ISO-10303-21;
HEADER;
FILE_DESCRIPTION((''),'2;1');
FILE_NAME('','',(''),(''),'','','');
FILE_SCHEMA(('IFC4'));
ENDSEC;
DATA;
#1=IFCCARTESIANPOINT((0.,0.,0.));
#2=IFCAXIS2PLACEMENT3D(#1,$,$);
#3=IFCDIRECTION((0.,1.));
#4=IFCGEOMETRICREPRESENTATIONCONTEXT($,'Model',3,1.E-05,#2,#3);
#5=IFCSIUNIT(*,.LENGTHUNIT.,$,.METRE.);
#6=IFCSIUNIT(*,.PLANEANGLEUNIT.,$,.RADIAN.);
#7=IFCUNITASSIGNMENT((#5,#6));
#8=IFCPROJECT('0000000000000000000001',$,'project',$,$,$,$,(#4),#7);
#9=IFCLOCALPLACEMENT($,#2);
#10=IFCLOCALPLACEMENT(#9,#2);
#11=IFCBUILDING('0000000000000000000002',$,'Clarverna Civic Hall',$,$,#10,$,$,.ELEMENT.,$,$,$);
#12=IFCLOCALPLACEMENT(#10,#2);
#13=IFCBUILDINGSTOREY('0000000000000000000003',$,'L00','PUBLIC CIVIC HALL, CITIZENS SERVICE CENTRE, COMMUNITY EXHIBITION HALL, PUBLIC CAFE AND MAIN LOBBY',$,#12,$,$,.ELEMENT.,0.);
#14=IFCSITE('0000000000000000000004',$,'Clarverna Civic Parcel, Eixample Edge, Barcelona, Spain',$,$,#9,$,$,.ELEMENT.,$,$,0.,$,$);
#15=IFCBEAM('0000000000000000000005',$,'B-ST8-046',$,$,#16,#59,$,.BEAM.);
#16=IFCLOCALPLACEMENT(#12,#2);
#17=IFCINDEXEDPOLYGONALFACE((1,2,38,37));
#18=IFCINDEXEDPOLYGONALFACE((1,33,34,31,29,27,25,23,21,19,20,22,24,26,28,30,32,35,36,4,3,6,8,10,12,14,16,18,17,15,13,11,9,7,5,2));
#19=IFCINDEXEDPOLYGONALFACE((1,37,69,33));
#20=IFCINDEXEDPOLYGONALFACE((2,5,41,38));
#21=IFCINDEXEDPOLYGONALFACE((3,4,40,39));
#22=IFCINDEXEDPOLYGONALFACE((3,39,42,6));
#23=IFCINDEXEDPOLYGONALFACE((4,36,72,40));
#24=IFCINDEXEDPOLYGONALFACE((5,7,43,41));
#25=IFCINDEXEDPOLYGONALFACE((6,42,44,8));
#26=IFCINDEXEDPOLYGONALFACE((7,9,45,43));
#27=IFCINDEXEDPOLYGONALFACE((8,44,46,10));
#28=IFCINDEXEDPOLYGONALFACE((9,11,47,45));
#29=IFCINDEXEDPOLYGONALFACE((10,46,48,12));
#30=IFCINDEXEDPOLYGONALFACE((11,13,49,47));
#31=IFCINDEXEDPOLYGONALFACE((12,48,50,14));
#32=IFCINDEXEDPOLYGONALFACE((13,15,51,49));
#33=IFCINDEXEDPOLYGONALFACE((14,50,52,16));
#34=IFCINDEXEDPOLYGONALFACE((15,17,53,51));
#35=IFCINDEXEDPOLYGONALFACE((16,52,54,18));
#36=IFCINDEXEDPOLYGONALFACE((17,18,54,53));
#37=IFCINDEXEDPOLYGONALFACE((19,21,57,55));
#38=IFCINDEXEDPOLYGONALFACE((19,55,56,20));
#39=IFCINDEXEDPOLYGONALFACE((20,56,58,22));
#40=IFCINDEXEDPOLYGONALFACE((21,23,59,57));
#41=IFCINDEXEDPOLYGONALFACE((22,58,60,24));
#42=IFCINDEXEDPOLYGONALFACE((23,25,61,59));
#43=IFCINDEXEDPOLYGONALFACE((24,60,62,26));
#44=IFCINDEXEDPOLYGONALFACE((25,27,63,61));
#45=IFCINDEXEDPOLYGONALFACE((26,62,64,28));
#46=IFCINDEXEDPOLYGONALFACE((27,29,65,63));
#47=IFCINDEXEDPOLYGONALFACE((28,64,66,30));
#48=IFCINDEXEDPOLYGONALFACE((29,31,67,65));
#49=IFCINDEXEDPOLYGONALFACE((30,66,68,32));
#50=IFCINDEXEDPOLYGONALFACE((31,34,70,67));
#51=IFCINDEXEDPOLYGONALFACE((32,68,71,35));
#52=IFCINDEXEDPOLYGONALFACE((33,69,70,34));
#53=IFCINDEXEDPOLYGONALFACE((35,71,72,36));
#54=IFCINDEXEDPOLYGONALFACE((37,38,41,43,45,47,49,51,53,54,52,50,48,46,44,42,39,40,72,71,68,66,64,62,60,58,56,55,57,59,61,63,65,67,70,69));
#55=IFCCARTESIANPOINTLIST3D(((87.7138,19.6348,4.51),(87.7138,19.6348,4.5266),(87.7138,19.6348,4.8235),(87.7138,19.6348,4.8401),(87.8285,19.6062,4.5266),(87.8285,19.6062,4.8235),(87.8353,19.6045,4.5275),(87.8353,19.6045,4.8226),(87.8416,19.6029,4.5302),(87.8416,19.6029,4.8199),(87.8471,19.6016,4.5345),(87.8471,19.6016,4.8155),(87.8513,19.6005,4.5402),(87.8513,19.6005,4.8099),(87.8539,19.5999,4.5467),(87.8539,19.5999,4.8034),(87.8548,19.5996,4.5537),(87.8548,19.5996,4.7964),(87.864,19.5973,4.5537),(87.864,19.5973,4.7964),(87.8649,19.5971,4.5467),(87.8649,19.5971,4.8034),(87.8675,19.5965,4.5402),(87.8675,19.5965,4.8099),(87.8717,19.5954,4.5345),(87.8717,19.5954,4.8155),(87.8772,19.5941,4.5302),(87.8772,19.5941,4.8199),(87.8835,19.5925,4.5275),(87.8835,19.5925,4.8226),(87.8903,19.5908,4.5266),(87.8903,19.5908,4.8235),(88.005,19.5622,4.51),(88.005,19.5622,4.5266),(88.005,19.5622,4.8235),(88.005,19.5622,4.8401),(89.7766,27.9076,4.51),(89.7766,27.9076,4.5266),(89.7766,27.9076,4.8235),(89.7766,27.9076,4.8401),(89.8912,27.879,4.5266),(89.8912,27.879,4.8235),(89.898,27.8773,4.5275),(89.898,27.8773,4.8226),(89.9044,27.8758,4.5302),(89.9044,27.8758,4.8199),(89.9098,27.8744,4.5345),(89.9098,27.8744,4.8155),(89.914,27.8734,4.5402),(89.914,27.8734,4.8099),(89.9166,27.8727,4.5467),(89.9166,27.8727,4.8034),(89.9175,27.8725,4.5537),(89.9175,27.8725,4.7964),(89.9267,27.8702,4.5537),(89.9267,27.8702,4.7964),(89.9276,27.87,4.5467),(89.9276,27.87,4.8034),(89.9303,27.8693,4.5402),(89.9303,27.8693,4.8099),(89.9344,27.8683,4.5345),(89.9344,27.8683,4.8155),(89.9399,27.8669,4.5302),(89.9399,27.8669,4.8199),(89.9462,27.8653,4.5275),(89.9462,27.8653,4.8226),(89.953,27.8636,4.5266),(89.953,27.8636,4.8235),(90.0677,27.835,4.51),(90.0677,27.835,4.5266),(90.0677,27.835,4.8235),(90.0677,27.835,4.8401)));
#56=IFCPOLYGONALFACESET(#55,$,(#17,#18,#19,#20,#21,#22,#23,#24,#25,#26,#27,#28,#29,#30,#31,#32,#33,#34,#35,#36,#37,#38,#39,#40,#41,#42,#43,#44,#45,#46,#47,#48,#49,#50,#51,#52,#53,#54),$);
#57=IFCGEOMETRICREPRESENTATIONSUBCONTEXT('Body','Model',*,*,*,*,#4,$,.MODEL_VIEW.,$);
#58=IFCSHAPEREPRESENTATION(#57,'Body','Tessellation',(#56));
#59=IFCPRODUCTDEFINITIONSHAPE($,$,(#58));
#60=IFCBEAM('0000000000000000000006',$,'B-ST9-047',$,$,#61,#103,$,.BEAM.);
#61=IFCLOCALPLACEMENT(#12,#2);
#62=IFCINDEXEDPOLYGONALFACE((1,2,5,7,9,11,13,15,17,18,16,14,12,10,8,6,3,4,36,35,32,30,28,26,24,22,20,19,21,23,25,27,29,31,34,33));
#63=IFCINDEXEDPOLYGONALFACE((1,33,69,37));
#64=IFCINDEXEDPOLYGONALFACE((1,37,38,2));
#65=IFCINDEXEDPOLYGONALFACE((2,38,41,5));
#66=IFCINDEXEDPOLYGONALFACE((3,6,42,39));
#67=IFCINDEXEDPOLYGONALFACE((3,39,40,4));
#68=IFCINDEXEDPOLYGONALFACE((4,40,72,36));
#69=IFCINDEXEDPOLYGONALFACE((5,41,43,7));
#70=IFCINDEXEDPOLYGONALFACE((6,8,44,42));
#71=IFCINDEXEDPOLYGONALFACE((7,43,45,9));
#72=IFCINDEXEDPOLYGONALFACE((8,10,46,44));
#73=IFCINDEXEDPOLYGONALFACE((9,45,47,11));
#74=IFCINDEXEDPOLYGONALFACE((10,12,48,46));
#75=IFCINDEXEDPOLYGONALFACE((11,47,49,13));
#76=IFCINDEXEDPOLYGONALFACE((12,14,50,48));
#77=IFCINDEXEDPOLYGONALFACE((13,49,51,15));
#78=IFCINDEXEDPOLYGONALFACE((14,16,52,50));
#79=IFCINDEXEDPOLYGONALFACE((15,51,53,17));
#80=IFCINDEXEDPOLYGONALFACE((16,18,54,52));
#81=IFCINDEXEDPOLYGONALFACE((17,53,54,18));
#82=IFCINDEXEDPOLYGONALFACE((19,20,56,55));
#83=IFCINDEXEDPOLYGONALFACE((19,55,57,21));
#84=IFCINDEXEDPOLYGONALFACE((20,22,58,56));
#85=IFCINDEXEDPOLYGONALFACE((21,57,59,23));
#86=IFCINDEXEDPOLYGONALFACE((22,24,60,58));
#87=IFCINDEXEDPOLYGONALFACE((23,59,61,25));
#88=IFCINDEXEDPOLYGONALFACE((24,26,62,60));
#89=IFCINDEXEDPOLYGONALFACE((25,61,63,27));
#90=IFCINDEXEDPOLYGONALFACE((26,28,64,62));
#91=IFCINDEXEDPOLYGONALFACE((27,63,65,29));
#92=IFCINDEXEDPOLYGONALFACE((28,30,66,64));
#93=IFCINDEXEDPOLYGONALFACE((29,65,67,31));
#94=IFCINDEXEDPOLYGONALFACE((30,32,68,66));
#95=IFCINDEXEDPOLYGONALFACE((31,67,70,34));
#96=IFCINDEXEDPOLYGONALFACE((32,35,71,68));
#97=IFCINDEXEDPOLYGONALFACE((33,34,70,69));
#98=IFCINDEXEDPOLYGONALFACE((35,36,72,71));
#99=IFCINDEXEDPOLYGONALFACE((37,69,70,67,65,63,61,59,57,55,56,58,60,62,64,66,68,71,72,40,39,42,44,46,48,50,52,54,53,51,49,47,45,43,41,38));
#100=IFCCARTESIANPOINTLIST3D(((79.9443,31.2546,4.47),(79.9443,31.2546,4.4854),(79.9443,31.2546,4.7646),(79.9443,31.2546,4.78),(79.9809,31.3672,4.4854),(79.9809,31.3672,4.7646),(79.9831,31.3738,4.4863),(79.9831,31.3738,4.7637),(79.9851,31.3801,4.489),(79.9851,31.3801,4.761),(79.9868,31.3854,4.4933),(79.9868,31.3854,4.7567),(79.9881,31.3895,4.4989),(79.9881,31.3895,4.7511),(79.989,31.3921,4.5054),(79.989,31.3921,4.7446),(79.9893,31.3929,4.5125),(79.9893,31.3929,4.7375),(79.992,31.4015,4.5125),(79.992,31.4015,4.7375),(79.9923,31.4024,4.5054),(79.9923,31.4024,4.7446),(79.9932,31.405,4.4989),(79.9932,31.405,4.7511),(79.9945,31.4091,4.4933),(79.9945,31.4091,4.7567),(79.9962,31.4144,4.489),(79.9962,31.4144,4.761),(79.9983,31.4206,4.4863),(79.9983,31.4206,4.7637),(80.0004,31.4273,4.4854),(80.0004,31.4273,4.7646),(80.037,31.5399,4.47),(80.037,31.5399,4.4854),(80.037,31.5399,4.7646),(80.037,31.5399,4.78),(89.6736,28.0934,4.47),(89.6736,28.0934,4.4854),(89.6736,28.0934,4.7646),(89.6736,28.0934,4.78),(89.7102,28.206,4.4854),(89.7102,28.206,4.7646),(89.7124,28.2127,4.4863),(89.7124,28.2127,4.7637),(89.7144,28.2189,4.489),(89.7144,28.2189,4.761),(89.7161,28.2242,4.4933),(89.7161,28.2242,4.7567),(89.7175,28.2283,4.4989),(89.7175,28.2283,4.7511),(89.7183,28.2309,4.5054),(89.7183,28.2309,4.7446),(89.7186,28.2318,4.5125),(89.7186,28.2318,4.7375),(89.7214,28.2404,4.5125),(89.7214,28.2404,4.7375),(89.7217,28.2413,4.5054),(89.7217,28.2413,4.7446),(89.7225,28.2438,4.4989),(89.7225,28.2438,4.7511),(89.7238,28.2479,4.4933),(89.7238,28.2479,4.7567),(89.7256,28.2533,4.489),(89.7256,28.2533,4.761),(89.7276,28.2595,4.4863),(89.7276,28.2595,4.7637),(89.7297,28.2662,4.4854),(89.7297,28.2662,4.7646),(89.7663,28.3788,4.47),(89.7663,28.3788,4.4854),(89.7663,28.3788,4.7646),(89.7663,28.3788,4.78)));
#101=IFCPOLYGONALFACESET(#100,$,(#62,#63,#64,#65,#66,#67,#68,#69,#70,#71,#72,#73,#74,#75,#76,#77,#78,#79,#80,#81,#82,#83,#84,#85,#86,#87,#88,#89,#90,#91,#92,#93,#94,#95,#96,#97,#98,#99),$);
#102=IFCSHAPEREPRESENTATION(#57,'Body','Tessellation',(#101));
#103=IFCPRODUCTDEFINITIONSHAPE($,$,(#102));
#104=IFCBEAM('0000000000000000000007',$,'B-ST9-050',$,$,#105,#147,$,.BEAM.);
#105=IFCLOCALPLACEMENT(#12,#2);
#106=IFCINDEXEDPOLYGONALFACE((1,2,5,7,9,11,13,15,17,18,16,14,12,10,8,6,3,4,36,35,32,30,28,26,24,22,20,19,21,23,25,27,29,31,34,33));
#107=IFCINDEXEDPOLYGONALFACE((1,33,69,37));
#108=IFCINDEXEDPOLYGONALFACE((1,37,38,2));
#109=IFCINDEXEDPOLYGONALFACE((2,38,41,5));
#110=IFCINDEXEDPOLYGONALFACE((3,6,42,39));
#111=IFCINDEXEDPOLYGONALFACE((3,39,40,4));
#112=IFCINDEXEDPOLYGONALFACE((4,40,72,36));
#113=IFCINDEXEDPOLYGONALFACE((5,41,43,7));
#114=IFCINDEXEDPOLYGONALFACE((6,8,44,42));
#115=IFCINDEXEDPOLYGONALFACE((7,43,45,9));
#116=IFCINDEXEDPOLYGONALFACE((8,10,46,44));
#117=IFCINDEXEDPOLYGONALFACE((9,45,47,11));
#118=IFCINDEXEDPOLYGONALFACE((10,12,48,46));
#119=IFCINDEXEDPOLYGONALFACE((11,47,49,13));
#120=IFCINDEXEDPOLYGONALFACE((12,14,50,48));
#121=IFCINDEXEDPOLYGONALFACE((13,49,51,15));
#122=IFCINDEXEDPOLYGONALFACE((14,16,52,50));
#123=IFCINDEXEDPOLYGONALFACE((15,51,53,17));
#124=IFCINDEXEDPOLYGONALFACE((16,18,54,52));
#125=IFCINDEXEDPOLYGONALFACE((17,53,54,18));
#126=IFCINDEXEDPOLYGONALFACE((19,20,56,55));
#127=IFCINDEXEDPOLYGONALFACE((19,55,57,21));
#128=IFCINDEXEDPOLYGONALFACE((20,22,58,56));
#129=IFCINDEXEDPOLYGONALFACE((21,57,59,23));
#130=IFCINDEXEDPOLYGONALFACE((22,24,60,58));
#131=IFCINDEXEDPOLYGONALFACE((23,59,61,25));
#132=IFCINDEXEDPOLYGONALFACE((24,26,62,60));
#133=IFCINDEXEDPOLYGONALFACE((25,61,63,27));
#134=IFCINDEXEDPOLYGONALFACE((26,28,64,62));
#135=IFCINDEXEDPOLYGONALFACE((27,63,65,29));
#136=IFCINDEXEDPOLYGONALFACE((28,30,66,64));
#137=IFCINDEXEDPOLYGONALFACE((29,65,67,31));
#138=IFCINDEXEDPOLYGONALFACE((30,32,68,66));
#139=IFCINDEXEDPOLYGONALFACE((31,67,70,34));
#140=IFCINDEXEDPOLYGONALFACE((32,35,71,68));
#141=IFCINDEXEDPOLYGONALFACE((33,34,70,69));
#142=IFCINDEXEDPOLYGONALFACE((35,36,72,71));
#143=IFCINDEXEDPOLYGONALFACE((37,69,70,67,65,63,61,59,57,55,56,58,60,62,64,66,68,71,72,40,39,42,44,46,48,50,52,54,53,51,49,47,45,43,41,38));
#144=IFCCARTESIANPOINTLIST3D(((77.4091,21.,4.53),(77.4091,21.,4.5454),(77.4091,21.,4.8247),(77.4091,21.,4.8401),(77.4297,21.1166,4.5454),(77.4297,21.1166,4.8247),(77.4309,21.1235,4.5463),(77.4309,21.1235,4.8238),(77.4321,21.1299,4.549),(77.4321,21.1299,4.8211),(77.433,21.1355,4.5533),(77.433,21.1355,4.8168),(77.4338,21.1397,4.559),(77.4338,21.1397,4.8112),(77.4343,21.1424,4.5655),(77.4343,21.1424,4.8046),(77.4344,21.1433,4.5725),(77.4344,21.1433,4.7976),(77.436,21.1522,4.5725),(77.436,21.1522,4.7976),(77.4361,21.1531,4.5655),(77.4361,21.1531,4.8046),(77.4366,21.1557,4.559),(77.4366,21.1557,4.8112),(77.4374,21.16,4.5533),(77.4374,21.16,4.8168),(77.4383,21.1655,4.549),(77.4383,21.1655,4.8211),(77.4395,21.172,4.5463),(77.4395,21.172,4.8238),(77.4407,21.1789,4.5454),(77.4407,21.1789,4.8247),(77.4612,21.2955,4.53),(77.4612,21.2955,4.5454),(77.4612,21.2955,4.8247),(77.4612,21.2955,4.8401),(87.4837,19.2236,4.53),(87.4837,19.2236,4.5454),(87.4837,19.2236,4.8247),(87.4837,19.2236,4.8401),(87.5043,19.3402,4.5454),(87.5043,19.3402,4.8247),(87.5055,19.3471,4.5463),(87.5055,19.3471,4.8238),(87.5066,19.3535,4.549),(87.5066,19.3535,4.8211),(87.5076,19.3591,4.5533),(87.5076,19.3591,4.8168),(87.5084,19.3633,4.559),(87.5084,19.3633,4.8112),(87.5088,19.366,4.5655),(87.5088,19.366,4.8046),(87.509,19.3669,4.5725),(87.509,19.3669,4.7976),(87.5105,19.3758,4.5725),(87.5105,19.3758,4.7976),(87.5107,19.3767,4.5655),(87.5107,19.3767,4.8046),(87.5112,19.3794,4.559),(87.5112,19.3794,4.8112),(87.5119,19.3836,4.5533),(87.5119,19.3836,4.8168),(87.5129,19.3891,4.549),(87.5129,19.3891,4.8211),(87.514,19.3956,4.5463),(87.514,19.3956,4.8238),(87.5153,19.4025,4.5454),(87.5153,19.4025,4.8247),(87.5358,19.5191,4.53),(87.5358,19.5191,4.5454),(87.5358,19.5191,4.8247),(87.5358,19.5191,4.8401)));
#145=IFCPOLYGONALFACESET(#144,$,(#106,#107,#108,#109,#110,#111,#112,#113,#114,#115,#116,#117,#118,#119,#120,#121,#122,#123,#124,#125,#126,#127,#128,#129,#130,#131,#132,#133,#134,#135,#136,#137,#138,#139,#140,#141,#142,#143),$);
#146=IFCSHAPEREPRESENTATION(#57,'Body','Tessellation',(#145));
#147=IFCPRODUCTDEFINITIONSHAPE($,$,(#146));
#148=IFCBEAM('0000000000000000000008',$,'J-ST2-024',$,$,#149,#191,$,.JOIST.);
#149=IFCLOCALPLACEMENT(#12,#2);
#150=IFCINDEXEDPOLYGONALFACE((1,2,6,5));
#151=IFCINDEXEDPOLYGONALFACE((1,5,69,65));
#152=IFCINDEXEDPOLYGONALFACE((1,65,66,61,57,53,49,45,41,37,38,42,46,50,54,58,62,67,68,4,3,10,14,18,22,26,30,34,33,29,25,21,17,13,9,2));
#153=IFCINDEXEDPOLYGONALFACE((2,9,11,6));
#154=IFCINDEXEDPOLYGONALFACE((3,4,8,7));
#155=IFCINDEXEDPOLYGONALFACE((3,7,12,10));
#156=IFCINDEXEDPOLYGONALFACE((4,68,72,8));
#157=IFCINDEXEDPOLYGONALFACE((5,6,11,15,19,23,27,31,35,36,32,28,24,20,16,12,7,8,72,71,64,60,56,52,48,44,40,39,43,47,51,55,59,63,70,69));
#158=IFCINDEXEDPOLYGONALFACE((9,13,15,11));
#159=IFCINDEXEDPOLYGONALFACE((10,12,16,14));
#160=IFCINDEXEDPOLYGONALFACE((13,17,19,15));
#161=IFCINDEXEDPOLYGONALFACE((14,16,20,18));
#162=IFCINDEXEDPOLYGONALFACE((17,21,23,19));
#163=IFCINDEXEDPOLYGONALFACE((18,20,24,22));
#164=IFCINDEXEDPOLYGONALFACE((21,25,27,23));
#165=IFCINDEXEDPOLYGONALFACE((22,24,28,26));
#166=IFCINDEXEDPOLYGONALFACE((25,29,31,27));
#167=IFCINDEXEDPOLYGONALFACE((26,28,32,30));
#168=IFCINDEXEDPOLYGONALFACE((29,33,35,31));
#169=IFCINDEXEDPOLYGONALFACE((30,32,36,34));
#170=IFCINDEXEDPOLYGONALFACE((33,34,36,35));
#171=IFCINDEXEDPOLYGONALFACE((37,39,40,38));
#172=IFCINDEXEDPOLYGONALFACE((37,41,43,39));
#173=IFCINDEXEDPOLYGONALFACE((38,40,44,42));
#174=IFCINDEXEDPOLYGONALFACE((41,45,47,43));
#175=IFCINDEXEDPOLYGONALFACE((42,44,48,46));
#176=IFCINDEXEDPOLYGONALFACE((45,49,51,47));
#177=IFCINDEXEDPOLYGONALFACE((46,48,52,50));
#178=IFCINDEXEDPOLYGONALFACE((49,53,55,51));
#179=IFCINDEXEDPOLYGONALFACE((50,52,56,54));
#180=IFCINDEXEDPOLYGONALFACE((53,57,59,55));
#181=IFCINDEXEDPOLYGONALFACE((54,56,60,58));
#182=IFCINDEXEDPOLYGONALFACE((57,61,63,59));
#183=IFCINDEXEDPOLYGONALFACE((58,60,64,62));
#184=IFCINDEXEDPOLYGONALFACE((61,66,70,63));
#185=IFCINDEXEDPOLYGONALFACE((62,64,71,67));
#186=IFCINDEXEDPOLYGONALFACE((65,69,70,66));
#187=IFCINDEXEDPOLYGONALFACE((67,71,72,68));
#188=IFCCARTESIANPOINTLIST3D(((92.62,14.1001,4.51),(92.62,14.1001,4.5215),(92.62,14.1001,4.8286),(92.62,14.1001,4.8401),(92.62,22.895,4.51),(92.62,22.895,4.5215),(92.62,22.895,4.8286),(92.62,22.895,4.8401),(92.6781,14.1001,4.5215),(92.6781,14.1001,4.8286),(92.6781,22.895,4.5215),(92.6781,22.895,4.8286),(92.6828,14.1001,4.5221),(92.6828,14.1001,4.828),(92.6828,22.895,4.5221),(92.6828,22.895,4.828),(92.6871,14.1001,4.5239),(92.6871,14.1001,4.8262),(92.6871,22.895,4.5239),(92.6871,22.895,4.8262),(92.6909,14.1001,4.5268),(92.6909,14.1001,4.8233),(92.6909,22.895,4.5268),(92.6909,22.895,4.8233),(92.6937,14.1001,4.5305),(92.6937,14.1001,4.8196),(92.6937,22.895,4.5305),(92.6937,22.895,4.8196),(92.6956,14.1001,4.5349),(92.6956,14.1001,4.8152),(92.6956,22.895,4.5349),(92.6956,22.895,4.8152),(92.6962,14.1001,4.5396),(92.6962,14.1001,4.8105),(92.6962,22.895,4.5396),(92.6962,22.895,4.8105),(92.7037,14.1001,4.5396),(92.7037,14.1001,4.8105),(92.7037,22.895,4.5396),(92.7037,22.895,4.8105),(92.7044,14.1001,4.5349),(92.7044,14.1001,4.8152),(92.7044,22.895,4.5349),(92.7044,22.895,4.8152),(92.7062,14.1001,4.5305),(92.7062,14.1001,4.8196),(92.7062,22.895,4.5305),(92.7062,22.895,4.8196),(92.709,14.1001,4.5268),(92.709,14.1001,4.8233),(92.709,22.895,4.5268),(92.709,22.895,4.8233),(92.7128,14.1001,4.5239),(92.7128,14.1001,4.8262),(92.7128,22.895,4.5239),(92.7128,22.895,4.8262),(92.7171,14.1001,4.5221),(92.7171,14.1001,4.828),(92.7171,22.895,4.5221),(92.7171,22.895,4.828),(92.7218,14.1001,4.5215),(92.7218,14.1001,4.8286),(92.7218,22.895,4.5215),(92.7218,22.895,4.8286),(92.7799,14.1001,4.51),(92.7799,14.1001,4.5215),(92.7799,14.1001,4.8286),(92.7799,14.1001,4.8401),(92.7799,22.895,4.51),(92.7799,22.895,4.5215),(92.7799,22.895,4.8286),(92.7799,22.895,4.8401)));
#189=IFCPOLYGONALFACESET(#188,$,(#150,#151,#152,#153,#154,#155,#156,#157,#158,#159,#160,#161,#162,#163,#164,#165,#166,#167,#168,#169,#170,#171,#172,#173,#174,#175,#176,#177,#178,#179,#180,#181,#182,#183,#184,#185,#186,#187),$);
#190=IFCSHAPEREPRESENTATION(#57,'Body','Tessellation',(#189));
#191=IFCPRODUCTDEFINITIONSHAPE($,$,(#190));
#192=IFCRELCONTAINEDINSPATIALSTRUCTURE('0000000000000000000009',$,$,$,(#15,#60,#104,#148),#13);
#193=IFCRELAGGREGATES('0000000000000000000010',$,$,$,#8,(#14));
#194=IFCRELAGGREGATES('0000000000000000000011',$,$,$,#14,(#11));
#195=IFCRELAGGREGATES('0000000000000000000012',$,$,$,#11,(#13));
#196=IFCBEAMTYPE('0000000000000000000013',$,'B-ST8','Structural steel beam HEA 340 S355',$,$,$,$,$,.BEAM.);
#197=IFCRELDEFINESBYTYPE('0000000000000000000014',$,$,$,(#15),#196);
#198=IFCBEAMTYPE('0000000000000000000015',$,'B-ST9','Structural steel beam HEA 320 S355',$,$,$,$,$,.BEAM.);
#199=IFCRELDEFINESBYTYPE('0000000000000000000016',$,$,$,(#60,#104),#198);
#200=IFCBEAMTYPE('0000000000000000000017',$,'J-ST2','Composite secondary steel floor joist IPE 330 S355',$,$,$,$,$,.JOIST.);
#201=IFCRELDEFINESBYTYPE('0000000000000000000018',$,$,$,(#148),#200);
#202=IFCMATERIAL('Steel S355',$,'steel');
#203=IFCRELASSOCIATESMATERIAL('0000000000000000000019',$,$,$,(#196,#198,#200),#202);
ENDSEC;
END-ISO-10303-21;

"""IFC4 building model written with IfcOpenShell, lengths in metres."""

from ifc_helpers import new_model, si_unit, direction, frame, origin, origin_2d, place, context, subcontext, project, spatial, i_section, extrude, material, material_profile, profile_set, type_object, element, save


model = new_model("IFC4")

# Units and contexts
model_context = context("Model", 3, precision=1e-05, world=origin(), true_north=direction((0.0, 1.0)))
body_context = subcontext(model_context, "Body", "Model", "MODEL_VIEW")
ifc_project = project(units=[si_unit("LENGTHUNIT", "METRE"), si_unit("PLANEANGLEUNIT", "RADIAN")], contexts=[model_context])

# Site, building, storey
site_placement = place(None, origin())
site = spatial("IfcSite", under=ifc_project, at=site_placement, Name="Clarverna Civic Parcel, Eixample Edge, Barcelona, Spain", CompositionType="ELEMENT", RefElevation=0.0)
building_placement = place(site_placement, origin())
building = spatial("IfcBuilding", under=site, at=building_placement, Name="Clarverna Civic Hall", CompositionType="ELEMENT")
storey_placement = place(building_placement, origin())
storey = spatial("IfcBuildingStorey", under=building, at=storey_placement, Name="L00", Description="PUBLIC CIVIC HALL, CITIZENS SERVICE CENTRE, COMMUNITY EXHIBITION HALL, PUBLIC CAFE AND MAIN LOBBY", CompositionType="ELEMENT", Elevation=0.0)

# Shared definitions
ifc_material_1 = material(Name="Steel S355", Category="steel")

# Beams
ifc_material_profile_1 = material_profile(ifc_material_1, i_section(OverallWidth=0.3, OverallDepth=0.3301, WebThickness=0.0095, FlangeThickness=0.0166, FilletRadius=0.0271, at=origin_2d()), Name="HEA 340")
ifc_profile_set_1 = profile_set([ifc_material_profile_1], Name="Steel S355")
beam_type_1 = type_object("IfcBeamType", Name="B-ST8", Description="Structural steel beam HEA 340 S355", PredefinedType="BEAM", material=ifc_profile_set_1)
beam_1_placement = place(storey_placement, frame((89.9221, 27.8713, 4.675), z_axis=(-0.241929, -0.970294, 0.0), x_axis=(0.970294, -0.241929, 0.0)))
element("IfcBeam", 1, at=beam_1_placement, inside=storey, type_object=beam_type_1, Name="B-ST8-046", PredefinedType="BEAM", context=body_context, shape_type="SweptSolid", body=[
    extrude(i_section(OverallWidth=0.3, OverallDepth=0.3301, WebThickness=0.0095, FlangeThickness=0.0166, FilletRadius=0.0271, at=origin_2d()), origin(), (0.0, 0.0, 1.0), 8.5261),
])
ifc_material_profile_2 = material_profile(ifc_material_1, i_section(OverallWidth=0.3, OverallDepth=0.3101, WebThickness=0.009, FlangeThickness=0.0154, FilletRadius=0.0271, at=origin_2d()), Name="HEA 320")
ifc_profile_set_2 = profile_set([ifc_material_profile_2], Name="Steel S355")
beam_type_2 = type_object("IfcBeamType", Name="B-ST9", Description="Structural steel beam HEA 320 S355", PredefinedType="BEAM", material=ifc_profile_set_2)
for number, where, z_axis, x_axis, name in (
    (2, (89.72, 28.2361, 4.625), (-0.951059, 0.309009, 0.0), (-0.309009, -0.951059, 0.0), "B-ST9-047"),
    (3, (87.5098, 19.3713, 4.6851), (-0.984808, 0.173645, 0.0), (-0.173645, -0.984808, 0.0), "B-ST9-050"),
):
    element("IfcBeam", number, at=place(storey_placement, frame(where, z_axis=z_axis, x_axis=x_axis)), inside=storey, type_object=beam_type_2, Name=name, PredefinedType="BEAM", context=body_context, shape_type="SweptSolid", body=[
        extrude(i_section(OverallWidth=0.3, OverallDepth=0.3101, WebThickness=0.009, FlangeThickness=0.0154, FilletRadius=0.0271, at=origin_2d()), origin(), (0.0, 0.0, 1.0), 10.23),
    ])
ifc_material_profile_3 = material_profile(ifc_material_1, i_section(OverallWidth=0.1599, OverallDepth=0.3301, WebThickness=0.0076, FlangeThickness=0.0115, FilletRadius=0.0181, at=origin_2d()), Name="IPE 330")
ifc_profile_set_3 = profile_set([ifc_material_profile_3], Name="Steel S355")
beam_type_3 = type_object("IfcBeamType", Name="J-ST2", Description="Composite secondary steel floor joist IPE 330 S355", PredefinedType="JOIST", material=ifc_profile_set_3)
beam_2_placement = place(storey_placement, frame((92.7, 14.1001, 4.675), z_axis=(0.0, 1.0, 0.0), x_axis=(-1.0, 0.0, 0.0)))
element("IfcBeam", 4, at=beam_2_placement, inside=storey, type_object=beam_type_3, Name="J-ST2-024", PredefinedType="JOIST", context=body_context, shape_type="SweptSolid", body=[
    extrude(i_section(OverallWidth=0.1599, OverallDepth=0.3301, WebThickness=0.0076, FlangeThickness=0.0115, FilletRadius=0.0181, at=origin_2d()), origin(), (0.0, 0.0, 1.0), 8.7949),
])

save(model, "model.ifc")
